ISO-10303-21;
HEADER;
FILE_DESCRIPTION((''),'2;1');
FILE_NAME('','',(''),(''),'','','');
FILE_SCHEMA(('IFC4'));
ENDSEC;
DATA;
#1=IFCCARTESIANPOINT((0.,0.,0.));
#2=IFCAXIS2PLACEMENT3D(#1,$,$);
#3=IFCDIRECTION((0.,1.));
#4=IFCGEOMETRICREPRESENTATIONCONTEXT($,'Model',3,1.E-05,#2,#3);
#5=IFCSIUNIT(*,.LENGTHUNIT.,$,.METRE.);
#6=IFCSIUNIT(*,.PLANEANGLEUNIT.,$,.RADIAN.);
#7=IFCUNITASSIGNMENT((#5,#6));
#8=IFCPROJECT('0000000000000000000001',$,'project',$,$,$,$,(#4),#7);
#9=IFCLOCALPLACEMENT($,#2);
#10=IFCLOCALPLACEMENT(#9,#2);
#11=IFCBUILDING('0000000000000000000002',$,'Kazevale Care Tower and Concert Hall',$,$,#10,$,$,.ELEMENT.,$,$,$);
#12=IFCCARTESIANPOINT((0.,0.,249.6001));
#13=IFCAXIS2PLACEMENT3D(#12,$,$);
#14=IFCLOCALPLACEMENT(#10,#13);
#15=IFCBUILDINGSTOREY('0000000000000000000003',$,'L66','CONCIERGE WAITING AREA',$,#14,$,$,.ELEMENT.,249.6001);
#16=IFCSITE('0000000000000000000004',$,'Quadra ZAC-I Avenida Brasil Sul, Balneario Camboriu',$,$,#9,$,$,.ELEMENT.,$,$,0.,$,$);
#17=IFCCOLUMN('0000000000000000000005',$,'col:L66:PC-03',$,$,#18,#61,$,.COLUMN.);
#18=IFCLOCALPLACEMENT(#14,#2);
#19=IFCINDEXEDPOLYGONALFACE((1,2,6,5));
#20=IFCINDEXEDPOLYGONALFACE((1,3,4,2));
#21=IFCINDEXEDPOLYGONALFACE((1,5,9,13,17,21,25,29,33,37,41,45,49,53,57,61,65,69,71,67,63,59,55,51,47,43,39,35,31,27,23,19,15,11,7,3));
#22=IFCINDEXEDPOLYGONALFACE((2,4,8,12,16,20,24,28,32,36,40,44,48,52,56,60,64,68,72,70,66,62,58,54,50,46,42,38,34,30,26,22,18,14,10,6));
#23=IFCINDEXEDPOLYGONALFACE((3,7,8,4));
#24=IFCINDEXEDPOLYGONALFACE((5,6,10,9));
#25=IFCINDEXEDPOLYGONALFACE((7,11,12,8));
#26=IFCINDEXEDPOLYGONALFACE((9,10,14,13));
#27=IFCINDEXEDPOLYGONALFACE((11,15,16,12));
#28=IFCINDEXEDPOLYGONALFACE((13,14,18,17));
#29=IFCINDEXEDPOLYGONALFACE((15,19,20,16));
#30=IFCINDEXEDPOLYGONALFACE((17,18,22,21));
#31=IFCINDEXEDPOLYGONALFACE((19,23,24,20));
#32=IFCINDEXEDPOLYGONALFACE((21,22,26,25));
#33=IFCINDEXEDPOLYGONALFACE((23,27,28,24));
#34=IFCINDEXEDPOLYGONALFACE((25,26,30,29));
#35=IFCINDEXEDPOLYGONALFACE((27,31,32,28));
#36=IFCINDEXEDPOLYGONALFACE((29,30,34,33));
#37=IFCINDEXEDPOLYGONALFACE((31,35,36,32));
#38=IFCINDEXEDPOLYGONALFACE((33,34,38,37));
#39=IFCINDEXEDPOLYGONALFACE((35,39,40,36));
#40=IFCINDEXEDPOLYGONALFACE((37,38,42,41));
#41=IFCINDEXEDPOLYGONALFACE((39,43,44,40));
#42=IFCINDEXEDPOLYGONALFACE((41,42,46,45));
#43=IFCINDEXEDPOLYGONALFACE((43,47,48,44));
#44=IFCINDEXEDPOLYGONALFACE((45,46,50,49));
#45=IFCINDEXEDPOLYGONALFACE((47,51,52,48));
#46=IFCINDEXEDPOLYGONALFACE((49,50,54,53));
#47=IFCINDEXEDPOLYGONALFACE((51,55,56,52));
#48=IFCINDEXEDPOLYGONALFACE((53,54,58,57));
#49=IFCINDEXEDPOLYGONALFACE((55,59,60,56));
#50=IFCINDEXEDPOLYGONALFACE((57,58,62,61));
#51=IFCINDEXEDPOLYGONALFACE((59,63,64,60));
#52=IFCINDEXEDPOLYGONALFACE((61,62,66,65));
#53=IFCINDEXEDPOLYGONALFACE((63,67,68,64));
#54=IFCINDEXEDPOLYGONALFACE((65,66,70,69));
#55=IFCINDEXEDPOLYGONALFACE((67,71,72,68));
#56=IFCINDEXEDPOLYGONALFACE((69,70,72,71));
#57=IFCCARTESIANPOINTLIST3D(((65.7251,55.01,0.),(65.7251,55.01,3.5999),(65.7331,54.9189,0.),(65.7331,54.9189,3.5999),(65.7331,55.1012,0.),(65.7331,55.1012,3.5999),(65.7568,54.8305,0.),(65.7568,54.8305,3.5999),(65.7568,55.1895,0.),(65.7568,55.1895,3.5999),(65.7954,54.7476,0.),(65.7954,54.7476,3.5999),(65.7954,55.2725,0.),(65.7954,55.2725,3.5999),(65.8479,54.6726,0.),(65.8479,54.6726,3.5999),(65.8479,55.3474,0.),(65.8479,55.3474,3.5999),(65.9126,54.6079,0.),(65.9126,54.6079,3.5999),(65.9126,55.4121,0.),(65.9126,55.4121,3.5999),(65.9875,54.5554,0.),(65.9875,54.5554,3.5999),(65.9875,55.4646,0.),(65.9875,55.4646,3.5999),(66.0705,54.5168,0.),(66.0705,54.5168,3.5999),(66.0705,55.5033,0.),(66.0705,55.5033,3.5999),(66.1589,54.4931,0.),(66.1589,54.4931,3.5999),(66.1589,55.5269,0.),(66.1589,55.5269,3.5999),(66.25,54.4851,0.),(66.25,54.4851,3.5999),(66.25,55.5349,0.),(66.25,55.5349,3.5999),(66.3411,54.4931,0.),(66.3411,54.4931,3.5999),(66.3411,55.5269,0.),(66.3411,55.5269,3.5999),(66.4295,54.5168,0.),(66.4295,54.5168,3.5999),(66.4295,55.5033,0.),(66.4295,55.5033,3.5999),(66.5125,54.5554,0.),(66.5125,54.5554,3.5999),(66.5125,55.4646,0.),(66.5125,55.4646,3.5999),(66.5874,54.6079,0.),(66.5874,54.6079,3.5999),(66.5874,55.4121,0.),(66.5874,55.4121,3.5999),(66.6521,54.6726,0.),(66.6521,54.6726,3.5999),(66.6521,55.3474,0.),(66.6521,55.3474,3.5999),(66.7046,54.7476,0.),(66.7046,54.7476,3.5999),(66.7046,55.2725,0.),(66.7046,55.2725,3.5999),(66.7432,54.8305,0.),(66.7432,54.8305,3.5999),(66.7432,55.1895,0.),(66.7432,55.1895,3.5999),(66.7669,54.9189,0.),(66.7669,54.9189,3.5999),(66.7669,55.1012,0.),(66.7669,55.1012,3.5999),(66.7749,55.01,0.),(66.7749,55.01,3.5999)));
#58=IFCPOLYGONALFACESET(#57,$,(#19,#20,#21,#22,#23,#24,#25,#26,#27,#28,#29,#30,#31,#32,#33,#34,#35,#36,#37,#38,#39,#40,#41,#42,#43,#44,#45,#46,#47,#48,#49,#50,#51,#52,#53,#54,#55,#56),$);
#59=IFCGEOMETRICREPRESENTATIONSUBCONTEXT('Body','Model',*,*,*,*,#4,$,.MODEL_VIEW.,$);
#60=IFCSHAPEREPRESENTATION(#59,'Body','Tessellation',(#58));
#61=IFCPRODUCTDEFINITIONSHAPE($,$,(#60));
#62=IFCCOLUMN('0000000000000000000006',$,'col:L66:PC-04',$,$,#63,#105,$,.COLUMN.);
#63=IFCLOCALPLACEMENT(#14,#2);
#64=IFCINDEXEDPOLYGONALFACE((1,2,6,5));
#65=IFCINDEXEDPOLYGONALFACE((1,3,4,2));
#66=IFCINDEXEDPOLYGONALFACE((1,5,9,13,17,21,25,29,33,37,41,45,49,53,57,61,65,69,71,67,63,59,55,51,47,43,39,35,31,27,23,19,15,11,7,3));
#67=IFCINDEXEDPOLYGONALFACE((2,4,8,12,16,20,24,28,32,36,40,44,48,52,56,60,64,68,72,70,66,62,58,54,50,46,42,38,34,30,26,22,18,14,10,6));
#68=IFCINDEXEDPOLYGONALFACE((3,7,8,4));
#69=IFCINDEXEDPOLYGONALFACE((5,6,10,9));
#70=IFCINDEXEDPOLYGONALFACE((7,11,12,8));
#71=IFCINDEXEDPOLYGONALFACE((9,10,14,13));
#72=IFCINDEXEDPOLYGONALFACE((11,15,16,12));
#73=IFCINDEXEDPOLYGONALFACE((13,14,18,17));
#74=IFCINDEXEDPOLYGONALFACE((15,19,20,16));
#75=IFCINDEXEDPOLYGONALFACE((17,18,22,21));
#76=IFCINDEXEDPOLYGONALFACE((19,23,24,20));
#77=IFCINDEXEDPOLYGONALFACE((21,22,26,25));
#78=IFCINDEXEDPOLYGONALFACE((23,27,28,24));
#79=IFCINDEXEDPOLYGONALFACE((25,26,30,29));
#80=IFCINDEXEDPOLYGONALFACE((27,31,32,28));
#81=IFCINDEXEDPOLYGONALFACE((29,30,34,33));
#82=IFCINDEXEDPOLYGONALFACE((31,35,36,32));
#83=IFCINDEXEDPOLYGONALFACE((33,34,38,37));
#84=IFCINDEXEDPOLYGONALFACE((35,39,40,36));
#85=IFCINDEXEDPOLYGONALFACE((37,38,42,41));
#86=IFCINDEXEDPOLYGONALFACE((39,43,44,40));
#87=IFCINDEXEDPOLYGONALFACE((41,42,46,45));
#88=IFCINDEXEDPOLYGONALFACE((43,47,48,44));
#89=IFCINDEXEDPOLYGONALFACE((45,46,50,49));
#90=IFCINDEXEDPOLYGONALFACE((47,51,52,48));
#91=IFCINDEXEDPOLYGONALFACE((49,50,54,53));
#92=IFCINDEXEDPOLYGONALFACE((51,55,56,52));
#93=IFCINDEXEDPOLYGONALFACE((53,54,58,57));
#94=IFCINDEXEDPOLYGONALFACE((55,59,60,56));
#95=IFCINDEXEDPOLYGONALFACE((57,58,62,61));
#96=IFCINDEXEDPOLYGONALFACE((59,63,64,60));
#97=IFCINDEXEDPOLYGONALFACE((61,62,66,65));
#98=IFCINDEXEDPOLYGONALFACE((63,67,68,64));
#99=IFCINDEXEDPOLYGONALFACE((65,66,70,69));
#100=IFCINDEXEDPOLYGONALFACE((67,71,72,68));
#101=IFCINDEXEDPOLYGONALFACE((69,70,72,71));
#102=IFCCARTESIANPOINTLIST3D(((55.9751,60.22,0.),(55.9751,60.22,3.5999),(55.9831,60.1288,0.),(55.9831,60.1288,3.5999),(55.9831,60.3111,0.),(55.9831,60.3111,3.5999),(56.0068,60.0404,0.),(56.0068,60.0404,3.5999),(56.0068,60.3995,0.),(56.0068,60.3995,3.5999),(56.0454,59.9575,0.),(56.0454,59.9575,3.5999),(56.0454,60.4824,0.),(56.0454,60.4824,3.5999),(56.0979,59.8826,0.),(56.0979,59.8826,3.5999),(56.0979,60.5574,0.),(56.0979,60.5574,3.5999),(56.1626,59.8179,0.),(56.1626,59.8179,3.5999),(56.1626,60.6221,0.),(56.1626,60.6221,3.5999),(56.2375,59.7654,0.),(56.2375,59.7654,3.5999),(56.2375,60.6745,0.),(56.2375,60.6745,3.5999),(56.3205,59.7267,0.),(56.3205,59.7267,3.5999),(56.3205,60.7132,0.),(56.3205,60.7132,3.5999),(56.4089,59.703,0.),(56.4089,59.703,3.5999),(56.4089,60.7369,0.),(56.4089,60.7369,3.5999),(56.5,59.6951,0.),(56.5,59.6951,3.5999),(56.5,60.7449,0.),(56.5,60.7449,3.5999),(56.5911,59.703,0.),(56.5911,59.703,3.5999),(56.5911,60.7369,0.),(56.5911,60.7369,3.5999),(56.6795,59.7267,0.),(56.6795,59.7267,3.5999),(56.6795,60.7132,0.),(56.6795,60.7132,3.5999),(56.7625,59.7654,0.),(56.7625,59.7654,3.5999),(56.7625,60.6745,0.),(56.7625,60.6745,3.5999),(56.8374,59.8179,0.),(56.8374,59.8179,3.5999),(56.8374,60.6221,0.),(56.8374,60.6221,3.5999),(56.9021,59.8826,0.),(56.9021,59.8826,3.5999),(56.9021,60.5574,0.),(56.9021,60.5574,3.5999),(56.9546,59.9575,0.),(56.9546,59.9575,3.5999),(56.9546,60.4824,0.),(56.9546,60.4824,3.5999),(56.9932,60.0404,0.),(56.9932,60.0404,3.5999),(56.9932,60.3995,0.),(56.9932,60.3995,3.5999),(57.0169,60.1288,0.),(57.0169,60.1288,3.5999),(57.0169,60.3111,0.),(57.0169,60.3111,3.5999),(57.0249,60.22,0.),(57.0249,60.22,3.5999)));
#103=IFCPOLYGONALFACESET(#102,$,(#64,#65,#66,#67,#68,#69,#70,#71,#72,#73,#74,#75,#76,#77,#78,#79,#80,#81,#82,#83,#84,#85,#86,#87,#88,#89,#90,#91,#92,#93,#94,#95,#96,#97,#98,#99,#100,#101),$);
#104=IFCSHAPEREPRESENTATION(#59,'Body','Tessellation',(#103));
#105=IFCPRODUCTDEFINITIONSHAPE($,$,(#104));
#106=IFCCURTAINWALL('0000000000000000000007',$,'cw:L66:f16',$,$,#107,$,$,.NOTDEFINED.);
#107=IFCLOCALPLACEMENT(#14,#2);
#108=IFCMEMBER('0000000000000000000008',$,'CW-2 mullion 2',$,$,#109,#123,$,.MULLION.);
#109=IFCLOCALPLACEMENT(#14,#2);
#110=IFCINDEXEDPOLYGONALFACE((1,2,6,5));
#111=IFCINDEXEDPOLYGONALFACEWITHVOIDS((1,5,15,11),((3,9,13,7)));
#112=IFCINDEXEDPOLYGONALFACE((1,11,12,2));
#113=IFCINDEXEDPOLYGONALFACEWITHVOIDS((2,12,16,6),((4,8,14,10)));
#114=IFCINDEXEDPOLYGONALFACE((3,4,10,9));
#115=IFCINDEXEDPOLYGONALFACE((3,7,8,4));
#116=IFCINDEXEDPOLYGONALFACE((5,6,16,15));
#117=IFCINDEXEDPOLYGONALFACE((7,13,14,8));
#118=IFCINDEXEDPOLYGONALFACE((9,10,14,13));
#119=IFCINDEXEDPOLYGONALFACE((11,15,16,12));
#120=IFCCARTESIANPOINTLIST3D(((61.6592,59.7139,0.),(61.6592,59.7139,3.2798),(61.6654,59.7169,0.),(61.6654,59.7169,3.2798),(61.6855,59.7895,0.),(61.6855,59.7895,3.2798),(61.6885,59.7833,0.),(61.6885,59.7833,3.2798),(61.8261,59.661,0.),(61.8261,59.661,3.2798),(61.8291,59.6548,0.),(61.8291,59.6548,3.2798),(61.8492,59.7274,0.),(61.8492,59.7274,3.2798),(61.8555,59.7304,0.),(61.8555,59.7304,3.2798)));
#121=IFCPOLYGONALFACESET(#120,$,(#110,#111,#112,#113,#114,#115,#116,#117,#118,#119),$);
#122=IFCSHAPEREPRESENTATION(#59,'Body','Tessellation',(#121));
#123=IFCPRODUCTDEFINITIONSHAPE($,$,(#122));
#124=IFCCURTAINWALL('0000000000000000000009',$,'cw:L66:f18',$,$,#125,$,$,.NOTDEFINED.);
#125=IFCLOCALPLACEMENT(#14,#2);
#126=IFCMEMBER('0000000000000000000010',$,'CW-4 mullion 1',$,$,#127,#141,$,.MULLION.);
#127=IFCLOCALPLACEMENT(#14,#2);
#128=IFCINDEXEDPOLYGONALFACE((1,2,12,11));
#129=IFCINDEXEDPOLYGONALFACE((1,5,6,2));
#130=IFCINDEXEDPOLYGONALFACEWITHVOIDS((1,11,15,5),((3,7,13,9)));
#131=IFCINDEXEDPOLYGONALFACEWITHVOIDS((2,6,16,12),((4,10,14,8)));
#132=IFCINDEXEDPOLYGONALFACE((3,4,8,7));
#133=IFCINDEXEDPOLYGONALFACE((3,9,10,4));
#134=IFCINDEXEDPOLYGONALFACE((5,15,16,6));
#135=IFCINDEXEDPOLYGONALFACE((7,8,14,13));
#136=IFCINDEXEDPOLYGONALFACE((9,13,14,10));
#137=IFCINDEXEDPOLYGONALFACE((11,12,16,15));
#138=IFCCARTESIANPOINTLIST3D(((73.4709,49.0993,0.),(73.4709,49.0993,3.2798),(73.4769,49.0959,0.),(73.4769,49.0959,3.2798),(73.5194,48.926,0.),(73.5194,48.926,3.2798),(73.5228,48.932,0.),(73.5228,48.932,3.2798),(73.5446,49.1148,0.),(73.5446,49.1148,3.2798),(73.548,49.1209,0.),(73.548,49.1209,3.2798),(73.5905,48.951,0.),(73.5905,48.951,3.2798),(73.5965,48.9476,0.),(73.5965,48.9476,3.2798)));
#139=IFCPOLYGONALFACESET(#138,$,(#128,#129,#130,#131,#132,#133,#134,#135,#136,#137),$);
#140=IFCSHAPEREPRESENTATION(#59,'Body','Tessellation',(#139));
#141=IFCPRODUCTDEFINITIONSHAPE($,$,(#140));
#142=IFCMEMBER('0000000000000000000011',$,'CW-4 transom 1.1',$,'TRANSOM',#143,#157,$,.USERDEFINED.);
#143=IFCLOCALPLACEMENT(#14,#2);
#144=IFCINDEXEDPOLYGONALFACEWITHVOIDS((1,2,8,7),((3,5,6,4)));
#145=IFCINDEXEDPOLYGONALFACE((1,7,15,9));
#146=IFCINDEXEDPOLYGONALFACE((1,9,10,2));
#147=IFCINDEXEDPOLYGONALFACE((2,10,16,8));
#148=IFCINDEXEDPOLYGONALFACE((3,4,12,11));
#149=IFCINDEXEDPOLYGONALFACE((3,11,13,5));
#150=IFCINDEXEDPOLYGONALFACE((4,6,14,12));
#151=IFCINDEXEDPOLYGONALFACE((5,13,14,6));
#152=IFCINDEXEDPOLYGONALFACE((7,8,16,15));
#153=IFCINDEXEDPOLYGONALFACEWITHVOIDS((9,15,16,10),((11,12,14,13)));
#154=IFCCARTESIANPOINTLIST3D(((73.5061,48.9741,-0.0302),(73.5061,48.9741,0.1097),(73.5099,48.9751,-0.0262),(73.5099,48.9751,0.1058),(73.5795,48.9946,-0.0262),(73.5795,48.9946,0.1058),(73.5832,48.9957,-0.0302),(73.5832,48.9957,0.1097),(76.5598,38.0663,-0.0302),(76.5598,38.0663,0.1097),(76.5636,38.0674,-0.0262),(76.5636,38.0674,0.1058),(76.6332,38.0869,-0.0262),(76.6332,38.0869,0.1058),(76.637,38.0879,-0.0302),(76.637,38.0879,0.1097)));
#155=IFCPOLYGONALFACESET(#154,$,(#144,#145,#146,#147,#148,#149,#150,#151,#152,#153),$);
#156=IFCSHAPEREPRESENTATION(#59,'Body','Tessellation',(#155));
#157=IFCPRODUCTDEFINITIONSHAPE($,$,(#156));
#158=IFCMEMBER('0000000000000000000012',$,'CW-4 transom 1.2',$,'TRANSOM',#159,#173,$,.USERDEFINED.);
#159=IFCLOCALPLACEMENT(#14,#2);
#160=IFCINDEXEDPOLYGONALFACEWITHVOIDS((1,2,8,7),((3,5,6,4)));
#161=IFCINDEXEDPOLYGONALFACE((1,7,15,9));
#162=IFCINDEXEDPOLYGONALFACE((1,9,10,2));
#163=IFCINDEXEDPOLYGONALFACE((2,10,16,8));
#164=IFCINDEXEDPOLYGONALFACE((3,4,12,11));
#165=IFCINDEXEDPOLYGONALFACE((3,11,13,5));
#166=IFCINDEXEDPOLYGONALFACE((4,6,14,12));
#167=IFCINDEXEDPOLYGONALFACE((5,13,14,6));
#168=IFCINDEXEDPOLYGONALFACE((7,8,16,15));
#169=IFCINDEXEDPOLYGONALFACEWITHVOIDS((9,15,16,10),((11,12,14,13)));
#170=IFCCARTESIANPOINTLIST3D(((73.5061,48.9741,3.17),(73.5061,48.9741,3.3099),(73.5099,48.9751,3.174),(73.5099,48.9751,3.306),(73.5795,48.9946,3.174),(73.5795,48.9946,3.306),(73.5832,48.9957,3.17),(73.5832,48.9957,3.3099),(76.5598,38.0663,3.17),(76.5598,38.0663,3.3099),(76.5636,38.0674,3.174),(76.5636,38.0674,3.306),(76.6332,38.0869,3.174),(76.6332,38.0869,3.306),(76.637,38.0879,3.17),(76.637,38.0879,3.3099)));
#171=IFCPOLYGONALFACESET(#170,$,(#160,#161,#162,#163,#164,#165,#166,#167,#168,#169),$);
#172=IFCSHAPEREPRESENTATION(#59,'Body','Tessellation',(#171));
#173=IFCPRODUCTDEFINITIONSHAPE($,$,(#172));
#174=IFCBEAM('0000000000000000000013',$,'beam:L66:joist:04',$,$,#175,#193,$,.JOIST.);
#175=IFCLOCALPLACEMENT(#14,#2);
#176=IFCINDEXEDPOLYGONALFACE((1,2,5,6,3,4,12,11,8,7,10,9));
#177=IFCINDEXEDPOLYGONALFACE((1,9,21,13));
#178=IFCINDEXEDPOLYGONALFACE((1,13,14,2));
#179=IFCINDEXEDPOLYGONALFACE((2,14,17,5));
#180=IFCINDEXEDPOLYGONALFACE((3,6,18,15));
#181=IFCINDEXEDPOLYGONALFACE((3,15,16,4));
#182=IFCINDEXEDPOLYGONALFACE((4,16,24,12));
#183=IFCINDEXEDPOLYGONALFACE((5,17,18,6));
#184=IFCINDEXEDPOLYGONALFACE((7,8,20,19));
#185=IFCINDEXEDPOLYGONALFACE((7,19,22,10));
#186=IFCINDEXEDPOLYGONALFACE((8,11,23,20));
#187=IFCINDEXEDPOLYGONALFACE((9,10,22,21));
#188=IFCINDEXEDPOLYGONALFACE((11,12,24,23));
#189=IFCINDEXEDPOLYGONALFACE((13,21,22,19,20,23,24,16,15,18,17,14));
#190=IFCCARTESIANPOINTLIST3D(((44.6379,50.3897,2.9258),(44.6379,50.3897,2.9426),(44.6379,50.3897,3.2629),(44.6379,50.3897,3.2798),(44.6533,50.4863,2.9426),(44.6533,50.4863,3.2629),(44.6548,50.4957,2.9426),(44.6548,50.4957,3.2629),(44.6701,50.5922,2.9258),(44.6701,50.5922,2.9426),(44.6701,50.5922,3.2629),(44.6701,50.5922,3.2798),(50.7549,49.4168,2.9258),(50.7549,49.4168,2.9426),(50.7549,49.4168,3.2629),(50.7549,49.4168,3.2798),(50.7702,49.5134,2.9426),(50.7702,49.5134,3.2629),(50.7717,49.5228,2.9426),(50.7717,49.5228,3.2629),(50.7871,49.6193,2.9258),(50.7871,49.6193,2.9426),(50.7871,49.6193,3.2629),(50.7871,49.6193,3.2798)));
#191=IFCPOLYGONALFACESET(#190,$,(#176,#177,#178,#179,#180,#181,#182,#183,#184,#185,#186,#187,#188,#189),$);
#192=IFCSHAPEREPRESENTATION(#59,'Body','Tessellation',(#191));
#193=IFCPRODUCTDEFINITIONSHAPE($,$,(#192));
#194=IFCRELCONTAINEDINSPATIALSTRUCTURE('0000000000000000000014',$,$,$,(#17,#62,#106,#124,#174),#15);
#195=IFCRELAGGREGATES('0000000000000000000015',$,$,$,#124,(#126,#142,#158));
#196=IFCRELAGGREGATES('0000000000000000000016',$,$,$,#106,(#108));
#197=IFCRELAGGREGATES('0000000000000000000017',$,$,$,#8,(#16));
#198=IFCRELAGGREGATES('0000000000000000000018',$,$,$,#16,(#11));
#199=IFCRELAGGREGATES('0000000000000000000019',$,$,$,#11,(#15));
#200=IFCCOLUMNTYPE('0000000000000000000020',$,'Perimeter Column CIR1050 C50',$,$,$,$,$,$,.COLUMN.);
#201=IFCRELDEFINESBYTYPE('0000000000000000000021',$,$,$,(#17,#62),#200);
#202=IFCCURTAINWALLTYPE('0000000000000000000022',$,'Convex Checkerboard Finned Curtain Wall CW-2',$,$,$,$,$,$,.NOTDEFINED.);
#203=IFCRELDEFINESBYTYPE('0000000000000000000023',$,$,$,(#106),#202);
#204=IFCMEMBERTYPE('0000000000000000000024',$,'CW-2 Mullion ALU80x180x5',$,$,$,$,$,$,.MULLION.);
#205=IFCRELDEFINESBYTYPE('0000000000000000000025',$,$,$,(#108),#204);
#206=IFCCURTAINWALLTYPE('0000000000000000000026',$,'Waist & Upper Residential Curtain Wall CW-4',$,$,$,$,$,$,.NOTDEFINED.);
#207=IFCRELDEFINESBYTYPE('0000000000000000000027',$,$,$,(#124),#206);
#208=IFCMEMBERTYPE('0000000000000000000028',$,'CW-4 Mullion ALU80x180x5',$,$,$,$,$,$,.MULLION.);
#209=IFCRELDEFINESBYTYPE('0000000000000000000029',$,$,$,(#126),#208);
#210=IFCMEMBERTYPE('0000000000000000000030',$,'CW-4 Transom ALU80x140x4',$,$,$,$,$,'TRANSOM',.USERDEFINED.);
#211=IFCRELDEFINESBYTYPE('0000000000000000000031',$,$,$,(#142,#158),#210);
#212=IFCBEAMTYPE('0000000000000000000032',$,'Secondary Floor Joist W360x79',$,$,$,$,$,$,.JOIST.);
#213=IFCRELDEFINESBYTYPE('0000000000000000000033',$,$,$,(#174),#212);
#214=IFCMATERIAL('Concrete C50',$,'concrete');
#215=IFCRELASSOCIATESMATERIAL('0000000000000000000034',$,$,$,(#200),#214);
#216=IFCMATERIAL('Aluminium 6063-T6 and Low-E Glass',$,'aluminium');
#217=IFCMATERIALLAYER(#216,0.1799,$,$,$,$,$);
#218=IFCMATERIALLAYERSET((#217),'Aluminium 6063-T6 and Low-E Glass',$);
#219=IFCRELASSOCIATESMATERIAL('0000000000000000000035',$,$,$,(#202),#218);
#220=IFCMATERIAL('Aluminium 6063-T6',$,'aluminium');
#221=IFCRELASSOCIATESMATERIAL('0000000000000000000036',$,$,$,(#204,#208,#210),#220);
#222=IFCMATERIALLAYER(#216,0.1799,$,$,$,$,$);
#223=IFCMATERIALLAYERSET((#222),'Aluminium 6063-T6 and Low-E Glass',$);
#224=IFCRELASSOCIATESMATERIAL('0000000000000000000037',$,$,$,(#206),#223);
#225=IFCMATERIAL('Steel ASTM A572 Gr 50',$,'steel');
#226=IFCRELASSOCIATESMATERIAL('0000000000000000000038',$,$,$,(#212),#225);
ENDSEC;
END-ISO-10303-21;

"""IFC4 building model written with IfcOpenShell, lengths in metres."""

from ifc_helpers import new_model, si_unit, direction, frame, origin, origin_2d, place, context, subcontext, project, spatial, hollow_rectangle, circle, i_section, extrude, material, layer, layer_set, material_profile, profile_set, type_object, element, aggregate, save


model = new_model("IFC4")

# Units and contexts
model_context = context("Model", 3, precision=1e-05, world=origin(), true_north=direction((0.0, 1.0)))
body_context = subcontext(model_context, "Body", "Model", "MODEL_VIEW")
ifc_project = project(units=[si_unit("LENGTHUNIT", "METRE"), si_unit("PLANEANGLEUNIT", "RADIAN")], contexts=[model_context])

# Site, building, storey
site_placement = place(None, origin())
site = spatial("IfcSite", under=ifc_project, at=site_placement, Name="Quadra ZAC-I Avenida Brasil Sul, Balneario Camboriu", CompositionType="ELEMENT", RefElevation=0.0)
building_placement = place(site_placement, origin())
building = spatial("IfcBuilding", under=site, at=building_placement, Name="Kazevale Care Tower and Concert Hall", CompositionType="ELEMENT")
storey_placement = place(building_placement, frame((0.0, 0.0, 249.6001)))
storey = spatial("IfcBuildingStorey", under=building, at=storey_placement, Name="L66", Description="CONCIERGE WAITING AREA", CompositionType="ELEMENT", Elevation=249.6001)

# Columns
ifc_material_1 = material(Name="Concrete C50", Category="concrete")
ifc_material_profile_1 = material_profile(ifc_material_1, circle(Radius=0.5249, at=origin_2d()), Name="RC-CIR1050")
ifc_profile_set_1 = profile_set([ifc_material_profile_1], Name="Concrete C50")
column_type = type_object("IfcColumnType", Name="Perimeter Column CIR1050 C50", PredefinedType="COLUMN", material=ifc_profile_set_1)
for number, where, z_axis, x_axis, name in (
    (1, (66.25, 55.01, 0.0), (0.0, 0.0, 1.0), (1.0, 0.0, 0.0), "col:L66:PC-03"),
    (2, (56.5, 60.22, 0.0), (0.0, 0.0, 1.0), (1.0, 0.0, 0.0), "col:L66:PC-04"),
):
    element("IfcColumn", number, at=place(storey_placement, frame(where, z_axis=z_axis, x_axis=x_axis)), inside=storey, type_object=column_type, Name=name, PredefinedType="COLUMN", context=body_context, shape_type="SweptSolid", body=[
        extrude(circle(Radius=0.5249, at=origin_2d()), origin(), (0.0, 0.0, 1.0), 3.5999),
    ])

# Curtain wall, member
ifc_material_2 = material(Name="Aluminium 6063-T6 and Low-E Glass", Category="aluminium")
ifc_layer_1 = layer(ifc_material_2, 0.1799)
ifc_layer_set_1 = layer_set([ifc_layer_1], Name="Aluminium 6063-T6 and Low-E Glass")
curtain_wall_type_1 = type_object("IfcCurtainWallType", Name="Convex Checkerboard Finned Curtain Wall CW-2", PredefinedType="NOTDEFINED", material=ifc_layer_set_1)
curtain_wall_1_placement = place(storey_placement, origin())
curtain_wall_1 = element("IfcCurtainWall", 3, at=curtain_wall_1_placement, inside=storey, type_object=curtain_wall_type_1, Name="cw:L66:f16", PredefinedType="NOTDEFINED")
ifc_material_3 = material(Name="Aluminium 6063-T6", Category="aluminium")
ifc_material_profile_2 = material_profile(ifc_material_3, hollow_rectangle(XDim=0.0801, YDim=0.1799, WallThickness=0.0049, at=origin_2d()), Name="ALU80x180x5")
ifc_profile_set_2 = profile_set([ifc_material_profile_2], Name="Aluminium 6063-T6")
member_type_1 = type_object("IfcMemberType", Name="CW-2 Mullion ALU80x180x5", PredefinedType="MULLION", material=ifc_profile_set_2)
member_1_placement = place(storey_placement, frame((61.7573, 59.7222, 0.0), z_axis=(0.0, 0.0, 1.0), x_axis=(0.328584, 0.944475, 0.0)))
member_1 = element("IfcMember", 4, at=member_1_placement, type_object=member_type_1, Name="CW-2 mullion 2", PredefinedType="MULLION", context=body_context, shape_type="SweptSolid", body=[
    extrude(hollow_rectangle(XDim=0.0801, YDim=0.1799, WallThickness=0.0049, at=origin_2d()), origin(), (0.0, 0.0, 1.0), 3.2798),
])

# Curtain wall, members
ifc_layer_2 = layer(ifc_material_2, 0.1799)
ifc_layer_set_2 = layer_set([ifc_layer_2], Name="Aluminium 6063-T6 and Low-E Glass")
curtain_wall_type_2 = type_object("IfcCurtainWallType", Name="Waist & Upper Residential Curtain Wall CW-4", PredefinedType="NOTDEFINED", material=ifc_layer_set_2)
curtain_wall_2_placement = place(storey_placement, origin())
curtain_wall_2 = element("IfcCurtainWall", 5, at=curtain_wall_2_placement, inside=storey, type_object=curtain_wall_type_2, Name="cw:L66:f18", PredefinedType="NOTDEFINED")
ifc_material_profile_3 = material_profile(ifc_material_3, hollow_rectangle(XDim=0.0801, YDim=0.1799, WallThickness=0.0049, at=origin_2d()), Name="ALU80x180x5")
ifc_profile_set_3 = profile_set([ifc_material_profile_3], Name="Aluminium 6063-T6")
member_type_2 = type_object("IfcMemberType", Name="CW-4 Mullion ALU80x180x5", PredefinedType="MULLION", material=ifc_profile_set_3)
member_2_placement = place(storey_placement, frame((73.5337, 49.0234, 0.0), z_axis=(0.0, 0.0, 1.0), x_axis=(0.962972, 0.269601, 0.0)))
member_2 = element("IfcMember", 6, at=member_2_placement, type_object=member_type_2, Name="CW-4 mullion 1", PredefinedType="MULLION", context=body_context, shape_type="SweptSolid", body=[
    extrude(hollow_rectangle(XDim=0.0801, YDim=0.1799, WallThickness=0.0049, at=origin_2d()), origin(), (0.0, 0.0, 1.0), 3.2798),
])
ifc_material_profile_4 = material_profile(ifc_material_3, hollow_rectangle(XDim=0.0801, YDim=0.1399, WallThickness=0.0039, at=origin_2d()), Name="ALU80x140x4")
ifc_profile_set_4 = profile_set([ifc_material_profile_4], Name="Aluminium 6063-T6")
member_type_3 = type_object("IfcMemberType", Name="CW-4 Transom ALU80x140x4", ElementType="TRANSOM", PredefinedType="USERDEFINED", material=ifc_profile_set_4)
member_3_placement = place(storey_placement, frame((73.5447, 48.9849, 0.0398), z_axis=(0.269593, -0.962974, 0.0), x_axis=(0.962974, 0.269593, 0.0)))
member_3 = element("IfcMember", 7, at=member_3_placement, type_object=member_type_3, Name="CW-4 transom 1.1", ObjectType="TRANSOM", PredefinedType="USERDEFINED", context=body_context, shape_type="SweptSolid", body=[
    extrude(hollow_rectangle(XDim=0.0801, YDim=0.1399, WallThickness=0.0039, at=origin_2d()), origin(), (0.0, 0.0, 1.0), 11.3271),
])
member_4_placement = place(storey_placement, frame((73.5447, 48.9849, 3.24), z_axis=(0.269593, -0.962974, 0.0), x_axis=(0.962974, 0.269593, 0.0)))
member_4 = element("IfcMember", 8, at=member_4_placement, type_object=member_type_3, Name="CW-4 transom 1.2", ObjectType="TRANSOM", PredefinedType="USERDEFINED", context=body_context, shape_type="SweptSolid", body=[
    extrude(hollow_rectangle(XDim=0.0801, YDim=0.1399, WallThickness=0.0039, at=origin_2d()), origin(), (0.0, 0.0, 1.0), 11.3271),
])
aggregate(curtain_wall_2, [member_2, member_3, member_4])

# Beam
ifc_material_4 = material(Name="Steel ASTM A572 Gr 50", Category="steel")
ifc_material_profile_5 = material_profile(ifc_material_4, i_section(OverallWidth=0.2051, OverallDepth=0.354, WebThickness=0.0095, FlangeThickness=0.0168, at=origin_2d()), Name="W360x79")
ifc_profile_set_5 = profile_set([ifc_material_profile_5], Name="Steel ASTM A572 Gr 50")
beam_type_1 = type_object("IfcBeamType", Name="Secondary Floor Joist W360x79", PredefinedType="JOIST", material=ifc_profile_set_5)
beam_1_placement = place(storey_placement, frame((50.771, 49.5181, 3.1028), z_axis=(-0.987587, 0.157076, 0.0), x_axis=(-0.157076, -0.987587, 0.0)))
element("IfcBeam", 9, at=beam_1_placement, inside=storey, type_object=beam_type_1, Name="beam:L66:joist:04", PredefinedType="JOIST", context=body_context, shape_type="SweptSolid", body=[
    extrude(i_section(OverallWidth=0.2051, OverallDepth=0.354, WebThickness=0.0095, FlangeThickness=0.0168, at=origin_2d()), origin(), (0.0, 0.0, 1.0), 6.1938),
])

aggregate(curtain_wall_1, [member_1])

save(model, "model.ifc")
